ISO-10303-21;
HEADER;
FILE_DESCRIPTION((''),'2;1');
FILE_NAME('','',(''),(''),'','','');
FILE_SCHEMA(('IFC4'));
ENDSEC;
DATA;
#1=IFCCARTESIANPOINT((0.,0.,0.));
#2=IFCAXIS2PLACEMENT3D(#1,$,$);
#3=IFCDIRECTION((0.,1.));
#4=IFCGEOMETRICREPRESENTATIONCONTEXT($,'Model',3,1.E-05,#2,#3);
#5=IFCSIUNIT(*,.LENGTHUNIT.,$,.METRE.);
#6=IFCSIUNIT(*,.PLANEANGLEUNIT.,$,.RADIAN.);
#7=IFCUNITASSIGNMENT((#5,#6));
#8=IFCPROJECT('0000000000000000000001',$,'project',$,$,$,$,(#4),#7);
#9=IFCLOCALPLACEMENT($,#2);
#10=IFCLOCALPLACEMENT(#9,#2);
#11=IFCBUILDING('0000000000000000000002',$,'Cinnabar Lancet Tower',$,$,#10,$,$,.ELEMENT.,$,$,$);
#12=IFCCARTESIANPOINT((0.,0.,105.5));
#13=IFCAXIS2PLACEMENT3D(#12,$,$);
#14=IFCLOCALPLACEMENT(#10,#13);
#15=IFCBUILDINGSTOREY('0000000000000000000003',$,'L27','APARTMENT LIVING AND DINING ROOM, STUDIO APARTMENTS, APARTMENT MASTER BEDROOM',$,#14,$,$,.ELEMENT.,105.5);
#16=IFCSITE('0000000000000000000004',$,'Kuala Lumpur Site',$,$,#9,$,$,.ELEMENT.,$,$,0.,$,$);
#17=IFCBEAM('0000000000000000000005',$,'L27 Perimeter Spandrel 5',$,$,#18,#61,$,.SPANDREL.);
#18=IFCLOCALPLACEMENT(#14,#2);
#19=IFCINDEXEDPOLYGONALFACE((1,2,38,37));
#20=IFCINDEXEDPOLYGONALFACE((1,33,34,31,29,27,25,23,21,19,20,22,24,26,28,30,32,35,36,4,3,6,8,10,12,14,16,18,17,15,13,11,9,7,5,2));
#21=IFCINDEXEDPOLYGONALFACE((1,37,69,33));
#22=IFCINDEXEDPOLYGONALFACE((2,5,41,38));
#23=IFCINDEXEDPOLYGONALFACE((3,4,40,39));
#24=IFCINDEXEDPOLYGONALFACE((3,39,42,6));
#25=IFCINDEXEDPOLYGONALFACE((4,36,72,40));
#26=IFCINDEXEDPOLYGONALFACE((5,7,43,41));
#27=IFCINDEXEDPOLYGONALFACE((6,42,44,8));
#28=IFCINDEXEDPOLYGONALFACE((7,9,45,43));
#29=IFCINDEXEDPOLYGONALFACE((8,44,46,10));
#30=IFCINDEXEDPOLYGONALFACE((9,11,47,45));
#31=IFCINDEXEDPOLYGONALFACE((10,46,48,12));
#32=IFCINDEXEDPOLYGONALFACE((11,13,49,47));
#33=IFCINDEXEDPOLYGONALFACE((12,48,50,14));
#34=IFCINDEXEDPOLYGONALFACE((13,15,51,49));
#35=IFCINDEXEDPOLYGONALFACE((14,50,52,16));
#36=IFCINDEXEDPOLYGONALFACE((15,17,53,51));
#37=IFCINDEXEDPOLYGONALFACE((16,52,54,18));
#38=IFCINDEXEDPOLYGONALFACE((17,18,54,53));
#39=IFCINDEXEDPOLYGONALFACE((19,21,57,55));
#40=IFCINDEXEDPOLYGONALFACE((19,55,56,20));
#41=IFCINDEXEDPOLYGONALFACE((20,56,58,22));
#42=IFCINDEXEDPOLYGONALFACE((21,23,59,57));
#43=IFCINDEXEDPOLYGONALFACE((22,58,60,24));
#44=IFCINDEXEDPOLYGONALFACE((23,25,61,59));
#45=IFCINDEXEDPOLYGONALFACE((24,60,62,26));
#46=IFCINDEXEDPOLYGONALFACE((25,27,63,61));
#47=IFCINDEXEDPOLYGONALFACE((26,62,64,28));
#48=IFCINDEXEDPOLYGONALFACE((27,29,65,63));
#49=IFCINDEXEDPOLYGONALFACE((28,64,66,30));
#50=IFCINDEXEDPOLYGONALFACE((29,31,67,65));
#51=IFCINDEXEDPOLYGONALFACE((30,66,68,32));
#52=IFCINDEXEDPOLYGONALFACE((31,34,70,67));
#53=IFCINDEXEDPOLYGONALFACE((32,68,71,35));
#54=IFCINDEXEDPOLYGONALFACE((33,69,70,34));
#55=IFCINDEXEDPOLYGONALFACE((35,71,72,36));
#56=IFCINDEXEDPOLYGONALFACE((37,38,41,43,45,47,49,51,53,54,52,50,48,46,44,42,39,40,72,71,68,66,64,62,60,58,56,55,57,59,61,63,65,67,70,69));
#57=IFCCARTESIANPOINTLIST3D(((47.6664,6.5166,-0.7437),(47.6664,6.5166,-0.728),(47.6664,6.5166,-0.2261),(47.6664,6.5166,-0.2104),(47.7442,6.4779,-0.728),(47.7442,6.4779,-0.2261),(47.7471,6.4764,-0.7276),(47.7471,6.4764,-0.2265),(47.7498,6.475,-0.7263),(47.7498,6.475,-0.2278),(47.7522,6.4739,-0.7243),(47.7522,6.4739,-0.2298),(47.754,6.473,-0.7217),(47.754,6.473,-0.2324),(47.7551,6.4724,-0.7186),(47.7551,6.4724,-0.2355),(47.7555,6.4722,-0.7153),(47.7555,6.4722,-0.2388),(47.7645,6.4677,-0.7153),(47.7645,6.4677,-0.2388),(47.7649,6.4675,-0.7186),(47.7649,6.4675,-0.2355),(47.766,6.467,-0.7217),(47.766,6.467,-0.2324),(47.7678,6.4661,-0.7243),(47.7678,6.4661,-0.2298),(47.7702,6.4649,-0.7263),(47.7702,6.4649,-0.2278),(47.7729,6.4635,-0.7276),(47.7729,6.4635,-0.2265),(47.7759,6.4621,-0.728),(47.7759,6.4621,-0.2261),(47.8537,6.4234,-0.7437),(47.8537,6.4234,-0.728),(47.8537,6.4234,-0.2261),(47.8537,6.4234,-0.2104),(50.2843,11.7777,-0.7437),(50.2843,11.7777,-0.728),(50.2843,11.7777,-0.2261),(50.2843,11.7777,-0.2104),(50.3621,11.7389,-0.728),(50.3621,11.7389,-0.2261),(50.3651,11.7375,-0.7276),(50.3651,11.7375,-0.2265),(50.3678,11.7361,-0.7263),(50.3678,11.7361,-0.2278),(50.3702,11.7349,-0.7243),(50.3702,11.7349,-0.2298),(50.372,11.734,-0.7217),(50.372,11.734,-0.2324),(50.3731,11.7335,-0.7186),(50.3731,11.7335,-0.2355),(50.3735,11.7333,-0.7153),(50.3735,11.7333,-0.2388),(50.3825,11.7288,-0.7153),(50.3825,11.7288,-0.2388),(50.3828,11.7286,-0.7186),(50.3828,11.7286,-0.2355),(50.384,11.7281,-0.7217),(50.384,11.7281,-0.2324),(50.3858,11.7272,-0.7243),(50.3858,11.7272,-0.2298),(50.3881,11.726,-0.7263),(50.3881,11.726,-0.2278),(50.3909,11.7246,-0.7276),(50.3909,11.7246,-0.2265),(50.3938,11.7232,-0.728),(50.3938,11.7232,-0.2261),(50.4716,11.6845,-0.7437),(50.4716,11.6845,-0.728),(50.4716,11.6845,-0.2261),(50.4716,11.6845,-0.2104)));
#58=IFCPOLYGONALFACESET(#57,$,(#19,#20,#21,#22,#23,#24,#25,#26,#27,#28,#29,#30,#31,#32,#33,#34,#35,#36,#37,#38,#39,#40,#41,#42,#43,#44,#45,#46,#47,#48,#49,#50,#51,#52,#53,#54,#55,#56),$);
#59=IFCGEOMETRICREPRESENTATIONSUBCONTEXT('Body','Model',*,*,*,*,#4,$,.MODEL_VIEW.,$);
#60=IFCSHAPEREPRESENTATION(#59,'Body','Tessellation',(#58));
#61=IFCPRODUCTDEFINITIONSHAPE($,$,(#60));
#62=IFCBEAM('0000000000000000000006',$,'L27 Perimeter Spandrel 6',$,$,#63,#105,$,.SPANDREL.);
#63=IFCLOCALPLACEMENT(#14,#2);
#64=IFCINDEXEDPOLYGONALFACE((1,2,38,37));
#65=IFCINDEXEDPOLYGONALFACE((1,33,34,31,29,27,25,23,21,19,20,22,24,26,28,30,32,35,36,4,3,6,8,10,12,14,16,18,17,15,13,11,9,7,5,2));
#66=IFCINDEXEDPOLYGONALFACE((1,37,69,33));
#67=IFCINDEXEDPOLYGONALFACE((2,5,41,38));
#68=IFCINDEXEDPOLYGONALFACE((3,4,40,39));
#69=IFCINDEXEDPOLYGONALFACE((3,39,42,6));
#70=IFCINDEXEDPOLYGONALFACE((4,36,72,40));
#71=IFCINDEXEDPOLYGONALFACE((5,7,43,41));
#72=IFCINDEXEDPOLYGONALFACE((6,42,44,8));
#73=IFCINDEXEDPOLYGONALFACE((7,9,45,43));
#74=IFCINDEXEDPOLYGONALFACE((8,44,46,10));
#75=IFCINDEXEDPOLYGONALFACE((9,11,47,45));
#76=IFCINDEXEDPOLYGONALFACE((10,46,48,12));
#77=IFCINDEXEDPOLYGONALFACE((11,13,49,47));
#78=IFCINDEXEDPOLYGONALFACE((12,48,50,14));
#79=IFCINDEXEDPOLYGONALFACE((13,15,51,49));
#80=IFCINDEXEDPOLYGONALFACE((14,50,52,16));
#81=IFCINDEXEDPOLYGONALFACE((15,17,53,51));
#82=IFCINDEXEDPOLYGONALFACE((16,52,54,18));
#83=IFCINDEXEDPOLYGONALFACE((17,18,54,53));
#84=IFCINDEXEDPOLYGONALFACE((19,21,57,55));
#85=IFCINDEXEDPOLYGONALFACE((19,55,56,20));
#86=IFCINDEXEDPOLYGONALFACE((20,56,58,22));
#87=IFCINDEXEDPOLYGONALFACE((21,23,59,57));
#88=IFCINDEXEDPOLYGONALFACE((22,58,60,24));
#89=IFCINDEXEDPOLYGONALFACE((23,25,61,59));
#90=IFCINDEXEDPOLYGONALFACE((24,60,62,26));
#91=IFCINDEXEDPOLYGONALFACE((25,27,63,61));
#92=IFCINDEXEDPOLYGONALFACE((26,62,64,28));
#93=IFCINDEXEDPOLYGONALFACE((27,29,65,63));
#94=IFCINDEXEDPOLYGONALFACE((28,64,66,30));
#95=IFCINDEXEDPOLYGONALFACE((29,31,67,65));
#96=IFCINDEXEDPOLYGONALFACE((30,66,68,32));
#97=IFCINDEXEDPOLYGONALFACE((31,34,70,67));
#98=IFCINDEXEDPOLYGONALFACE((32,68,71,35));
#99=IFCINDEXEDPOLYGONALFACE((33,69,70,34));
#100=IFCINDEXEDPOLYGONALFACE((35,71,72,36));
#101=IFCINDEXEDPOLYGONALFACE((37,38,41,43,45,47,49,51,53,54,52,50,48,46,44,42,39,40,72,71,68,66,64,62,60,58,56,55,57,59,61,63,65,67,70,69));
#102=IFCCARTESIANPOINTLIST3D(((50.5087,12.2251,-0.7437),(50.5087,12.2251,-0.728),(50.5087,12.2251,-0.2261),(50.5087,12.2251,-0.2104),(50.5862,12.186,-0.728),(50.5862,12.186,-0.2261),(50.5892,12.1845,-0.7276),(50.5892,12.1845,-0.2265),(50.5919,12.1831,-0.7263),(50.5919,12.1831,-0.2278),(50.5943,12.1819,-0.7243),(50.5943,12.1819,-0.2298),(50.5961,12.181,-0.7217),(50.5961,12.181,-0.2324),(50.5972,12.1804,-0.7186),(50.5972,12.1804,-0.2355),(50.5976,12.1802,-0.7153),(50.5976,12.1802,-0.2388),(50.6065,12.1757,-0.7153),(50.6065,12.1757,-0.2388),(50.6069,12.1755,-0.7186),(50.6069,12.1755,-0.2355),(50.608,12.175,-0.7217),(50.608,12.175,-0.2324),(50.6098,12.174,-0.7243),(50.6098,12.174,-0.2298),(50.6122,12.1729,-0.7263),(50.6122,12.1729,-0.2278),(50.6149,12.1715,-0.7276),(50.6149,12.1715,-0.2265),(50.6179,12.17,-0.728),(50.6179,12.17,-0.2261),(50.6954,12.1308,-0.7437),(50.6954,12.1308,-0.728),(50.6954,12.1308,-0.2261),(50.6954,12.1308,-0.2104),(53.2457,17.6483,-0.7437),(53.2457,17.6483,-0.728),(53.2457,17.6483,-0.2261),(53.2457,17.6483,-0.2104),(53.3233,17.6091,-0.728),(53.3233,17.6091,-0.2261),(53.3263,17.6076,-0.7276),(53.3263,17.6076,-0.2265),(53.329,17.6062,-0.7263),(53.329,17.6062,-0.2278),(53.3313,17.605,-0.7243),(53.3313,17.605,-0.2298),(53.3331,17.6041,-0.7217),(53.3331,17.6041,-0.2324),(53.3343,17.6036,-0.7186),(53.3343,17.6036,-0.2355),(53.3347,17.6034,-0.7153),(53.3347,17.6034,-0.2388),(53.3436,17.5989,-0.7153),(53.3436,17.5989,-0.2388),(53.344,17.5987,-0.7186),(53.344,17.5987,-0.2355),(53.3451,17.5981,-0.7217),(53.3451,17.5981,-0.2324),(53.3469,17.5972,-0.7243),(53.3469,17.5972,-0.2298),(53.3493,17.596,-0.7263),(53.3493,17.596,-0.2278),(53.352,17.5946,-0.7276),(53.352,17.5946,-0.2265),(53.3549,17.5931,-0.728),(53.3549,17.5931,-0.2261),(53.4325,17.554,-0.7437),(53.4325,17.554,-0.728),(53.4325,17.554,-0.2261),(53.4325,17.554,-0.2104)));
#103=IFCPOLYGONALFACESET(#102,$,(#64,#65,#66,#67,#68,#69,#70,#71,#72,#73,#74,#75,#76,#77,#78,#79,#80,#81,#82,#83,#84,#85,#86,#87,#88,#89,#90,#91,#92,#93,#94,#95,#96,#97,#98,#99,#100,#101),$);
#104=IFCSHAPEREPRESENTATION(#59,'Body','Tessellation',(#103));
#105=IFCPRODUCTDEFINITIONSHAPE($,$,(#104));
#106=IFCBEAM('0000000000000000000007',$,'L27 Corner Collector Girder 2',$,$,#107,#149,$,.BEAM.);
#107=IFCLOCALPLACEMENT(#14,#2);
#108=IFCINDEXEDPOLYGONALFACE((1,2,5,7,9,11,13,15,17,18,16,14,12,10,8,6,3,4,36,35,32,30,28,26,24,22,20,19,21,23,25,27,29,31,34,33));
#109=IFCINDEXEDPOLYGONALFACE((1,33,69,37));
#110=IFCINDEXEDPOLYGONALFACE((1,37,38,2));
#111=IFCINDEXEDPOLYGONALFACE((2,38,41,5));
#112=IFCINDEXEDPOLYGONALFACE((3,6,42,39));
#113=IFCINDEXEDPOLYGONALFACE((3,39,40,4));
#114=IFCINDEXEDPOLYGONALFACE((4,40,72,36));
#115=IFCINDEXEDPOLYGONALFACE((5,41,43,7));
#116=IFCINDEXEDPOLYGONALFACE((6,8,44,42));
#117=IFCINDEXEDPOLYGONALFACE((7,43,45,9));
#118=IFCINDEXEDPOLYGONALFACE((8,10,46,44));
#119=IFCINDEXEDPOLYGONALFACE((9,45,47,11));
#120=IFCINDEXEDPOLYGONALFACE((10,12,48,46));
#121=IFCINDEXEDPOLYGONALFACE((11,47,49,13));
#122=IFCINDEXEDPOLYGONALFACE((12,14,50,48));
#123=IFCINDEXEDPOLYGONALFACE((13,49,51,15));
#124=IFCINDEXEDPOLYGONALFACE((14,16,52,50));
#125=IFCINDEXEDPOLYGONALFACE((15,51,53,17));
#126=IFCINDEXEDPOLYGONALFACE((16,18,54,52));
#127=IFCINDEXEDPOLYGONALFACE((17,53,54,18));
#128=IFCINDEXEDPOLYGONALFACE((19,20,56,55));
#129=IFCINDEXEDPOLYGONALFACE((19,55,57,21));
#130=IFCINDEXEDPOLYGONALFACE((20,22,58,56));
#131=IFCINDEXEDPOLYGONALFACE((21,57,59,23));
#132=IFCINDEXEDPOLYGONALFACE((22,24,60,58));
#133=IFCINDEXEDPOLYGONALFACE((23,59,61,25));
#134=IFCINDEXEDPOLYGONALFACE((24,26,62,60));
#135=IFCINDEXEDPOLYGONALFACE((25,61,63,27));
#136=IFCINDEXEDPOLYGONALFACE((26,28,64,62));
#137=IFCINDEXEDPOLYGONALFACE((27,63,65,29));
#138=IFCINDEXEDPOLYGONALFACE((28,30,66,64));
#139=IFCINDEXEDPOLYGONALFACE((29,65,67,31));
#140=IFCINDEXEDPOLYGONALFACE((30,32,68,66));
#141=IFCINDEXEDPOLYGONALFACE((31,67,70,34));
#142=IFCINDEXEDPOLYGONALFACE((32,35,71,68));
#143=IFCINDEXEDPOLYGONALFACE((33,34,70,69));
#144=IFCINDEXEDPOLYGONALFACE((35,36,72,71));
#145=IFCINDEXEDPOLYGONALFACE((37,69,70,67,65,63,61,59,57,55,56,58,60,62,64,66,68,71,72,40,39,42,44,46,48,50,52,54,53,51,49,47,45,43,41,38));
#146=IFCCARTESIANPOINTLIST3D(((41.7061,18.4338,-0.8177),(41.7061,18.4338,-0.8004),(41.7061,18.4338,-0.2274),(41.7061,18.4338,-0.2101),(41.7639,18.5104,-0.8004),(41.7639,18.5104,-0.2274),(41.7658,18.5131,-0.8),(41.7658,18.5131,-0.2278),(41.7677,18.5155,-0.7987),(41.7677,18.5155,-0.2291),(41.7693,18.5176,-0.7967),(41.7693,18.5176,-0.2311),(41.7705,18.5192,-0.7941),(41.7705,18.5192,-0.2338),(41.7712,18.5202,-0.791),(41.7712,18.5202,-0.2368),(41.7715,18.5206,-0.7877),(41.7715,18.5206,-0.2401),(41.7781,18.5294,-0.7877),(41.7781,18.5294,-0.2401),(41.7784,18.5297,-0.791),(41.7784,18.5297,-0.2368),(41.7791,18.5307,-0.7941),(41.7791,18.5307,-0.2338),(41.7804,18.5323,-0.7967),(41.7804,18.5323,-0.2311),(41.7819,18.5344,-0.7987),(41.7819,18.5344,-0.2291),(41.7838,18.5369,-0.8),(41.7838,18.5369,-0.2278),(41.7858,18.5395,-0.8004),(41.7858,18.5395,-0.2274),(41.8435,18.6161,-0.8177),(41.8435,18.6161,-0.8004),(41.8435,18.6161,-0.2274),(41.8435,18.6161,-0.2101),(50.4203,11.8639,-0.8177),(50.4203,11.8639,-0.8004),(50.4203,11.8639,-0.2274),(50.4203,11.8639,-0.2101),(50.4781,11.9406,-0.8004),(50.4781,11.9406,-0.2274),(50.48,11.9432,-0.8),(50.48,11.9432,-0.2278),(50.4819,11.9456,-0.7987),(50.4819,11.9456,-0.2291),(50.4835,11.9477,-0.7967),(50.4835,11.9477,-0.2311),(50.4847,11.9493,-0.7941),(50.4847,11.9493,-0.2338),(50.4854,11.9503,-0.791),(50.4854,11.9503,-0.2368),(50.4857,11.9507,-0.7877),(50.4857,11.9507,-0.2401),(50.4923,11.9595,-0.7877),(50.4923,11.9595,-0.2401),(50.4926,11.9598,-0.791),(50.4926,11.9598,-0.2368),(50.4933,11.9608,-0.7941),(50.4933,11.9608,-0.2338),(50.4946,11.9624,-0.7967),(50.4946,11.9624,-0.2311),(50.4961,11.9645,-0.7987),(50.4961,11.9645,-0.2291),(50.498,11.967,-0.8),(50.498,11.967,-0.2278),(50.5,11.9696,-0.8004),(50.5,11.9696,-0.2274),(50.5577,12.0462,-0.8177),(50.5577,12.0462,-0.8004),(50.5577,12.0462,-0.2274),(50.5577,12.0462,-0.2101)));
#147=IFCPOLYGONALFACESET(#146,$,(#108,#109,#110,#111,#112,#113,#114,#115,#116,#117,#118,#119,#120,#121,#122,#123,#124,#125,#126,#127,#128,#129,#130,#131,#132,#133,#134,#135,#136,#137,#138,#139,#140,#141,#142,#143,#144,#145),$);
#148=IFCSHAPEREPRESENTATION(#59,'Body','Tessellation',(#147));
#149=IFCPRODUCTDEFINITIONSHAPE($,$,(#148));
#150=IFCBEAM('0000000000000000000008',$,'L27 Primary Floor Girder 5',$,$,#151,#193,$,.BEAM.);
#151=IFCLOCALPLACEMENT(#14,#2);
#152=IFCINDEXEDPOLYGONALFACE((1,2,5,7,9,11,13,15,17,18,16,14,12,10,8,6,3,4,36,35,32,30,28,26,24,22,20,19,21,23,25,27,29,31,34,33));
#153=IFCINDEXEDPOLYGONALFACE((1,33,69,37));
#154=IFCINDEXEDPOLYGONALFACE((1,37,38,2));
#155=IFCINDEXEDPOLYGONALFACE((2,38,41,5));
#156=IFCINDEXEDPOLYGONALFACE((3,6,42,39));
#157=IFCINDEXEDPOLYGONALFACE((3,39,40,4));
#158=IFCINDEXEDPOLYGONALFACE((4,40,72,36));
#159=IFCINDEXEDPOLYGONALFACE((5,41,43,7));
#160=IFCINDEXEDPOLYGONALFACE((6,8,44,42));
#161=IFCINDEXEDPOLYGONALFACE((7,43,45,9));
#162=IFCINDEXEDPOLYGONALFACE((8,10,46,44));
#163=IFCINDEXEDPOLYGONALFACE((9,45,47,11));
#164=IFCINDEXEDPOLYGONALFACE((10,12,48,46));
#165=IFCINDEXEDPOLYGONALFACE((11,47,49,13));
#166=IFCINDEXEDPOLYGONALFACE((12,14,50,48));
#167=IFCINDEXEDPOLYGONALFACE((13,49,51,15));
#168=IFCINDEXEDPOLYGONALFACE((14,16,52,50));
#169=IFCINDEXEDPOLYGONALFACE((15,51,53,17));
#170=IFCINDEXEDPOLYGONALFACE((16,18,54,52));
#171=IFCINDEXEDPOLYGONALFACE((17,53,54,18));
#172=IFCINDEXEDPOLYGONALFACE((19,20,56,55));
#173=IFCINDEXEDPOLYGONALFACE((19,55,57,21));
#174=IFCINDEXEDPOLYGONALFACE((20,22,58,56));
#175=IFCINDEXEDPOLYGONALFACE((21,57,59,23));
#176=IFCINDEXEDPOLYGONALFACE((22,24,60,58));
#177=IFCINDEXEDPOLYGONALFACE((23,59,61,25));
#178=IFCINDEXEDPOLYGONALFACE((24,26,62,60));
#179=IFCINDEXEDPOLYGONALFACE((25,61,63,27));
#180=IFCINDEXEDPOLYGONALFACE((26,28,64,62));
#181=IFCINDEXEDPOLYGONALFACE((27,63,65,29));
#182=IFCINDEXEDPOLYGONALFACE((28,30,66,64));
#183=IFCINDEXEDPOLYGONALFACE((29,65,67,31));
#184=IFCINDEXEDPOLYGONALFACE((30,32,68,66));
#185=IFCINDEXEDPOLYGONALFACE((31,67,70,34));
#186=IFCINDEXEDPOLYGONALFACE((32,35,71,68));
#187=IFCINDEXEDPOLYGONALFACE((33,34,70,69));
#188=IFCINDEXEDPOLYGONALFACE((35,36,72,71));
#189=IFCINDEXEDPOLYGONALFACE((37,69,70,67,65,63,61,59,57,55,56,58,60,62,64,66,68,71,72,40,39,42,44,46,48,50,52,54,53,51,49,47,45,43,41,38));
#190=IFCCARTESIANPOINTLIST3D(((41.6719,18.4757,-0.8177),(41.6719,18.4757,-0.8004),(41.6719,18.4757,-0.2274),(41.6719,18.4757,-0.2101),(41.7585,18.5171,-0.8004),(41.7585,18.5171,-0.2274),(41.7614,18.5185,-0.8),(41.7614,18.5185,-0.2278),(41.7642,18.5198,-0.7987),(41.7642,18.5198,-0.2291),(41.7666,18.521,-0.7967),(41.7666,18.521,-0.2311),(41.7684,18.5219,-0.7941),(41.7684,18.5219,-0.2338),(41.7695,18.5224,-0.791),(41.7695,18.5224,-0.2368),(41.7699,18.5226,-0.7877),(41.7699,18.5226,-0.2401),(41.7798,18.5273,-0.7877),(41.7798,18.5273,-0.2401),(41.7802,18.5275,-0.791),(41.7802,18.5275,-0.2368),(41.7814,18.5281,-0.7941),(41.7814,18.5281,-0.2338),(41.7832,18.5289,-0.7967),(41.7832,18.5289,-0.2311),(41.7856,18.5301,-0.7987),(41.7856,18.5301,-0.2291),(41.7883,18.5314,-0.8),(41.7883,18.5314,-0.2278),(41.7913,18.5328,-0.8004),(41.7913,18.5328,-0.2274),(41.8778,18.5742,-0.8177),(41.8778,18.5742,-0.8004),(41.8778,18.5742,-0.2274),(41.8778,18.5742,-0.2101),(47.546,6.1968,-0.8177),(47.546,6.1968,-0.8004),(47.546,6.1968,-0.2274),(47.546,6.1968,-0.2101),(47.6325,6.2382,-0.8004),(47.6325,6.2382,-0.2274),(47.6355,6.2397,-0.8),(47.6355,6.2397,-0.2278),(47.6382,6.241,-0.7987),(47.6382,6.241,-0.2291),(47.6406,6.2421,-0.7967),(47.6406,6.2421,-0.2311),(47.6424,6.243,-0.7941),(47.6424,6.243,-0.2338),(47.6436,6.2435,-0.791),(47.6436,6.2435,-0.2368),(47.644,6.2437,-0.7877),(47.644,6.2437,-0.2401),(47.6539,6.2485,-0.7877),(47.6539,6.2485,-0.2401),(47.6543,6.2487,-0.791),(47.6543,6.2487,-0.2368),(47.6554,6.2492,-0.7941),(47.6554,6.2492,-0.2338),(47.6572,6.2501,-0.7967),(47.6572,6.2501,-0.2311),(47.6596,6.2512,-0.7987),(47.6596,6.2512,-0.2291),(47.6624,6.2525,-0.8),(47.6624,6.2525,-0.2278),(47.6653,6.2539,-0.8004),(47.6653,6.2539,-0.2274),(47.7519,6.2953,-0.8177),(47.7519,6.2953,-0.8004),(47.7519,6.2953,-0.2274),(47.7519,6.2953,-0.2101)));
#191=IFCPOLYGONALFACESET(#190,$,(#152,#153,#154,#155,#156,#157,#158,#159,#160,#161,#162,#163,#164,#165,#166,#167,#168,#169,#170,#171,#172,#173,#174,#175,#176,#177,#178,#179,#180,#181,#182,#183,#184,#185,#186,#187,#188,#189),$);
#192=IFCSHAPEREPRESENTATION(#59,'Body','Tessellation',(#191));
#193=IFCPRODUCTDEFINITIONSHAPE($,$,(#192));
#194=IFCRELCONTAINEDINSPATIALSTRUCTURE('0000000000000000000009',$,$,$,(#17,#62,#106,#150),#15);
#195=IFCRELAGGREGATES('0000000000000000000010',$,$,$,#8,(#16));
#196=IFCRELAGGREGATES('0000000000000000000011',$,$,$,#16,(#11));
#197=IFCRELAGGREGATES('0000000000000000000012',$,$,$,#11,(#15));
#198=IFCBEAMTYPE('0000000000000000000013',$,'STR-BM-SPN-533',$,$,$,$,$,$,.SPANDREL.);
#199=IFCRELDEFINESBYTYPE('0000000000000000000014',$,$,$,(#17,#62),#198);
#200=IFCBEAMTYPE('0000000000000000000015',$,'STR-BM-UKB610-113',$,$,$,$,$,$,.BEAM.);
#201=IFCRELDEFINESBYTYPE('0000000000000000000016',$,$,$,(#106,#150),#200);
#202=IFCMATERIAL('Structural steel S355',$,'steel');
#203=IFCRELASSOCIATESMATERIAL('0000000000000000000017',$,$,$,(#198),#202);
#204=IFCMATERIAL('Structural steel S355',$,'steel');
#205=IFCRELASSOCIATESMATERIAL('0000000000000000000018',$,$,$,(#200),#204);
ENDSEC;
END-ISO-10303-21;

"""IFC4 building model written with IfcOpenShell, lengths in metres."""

from ifc_helpers import new_model, si_unit, direction, frame, origin, origin_2d, place, context, subcontext, project, spatial, i_section, extrude, material, material_profile, profile_set, type_object, element, save


model = new_model("IFC4")

# Units and contexts
model_context = context("Model", 3, precision=1e-05, world=origin(), true_north=direction((0.0, 1.0)))
body_context = subcontext(model_context, "Body", "Model", "MODEL_VIEW")
ifc_project = project(units=[si_unit("LENGTHUNIT", "METRE"), si_unit("PLANEANGLEUNIT", "RADIAN")], contexts=[model_context])

# Site, building, storey
site_placement = place(None, origin())
site = spatial("IfcSite", under=ifc_project, at=site_placement, Name="Kuala Lumpur Site", CompositionType="ELEMENT", RefElevation=0.0)
building_placement = place(site_placement, origin())
building = spatial("IfcBuilding", under=site, at=building_placement, Name="Cinnabar Lancet Tower", CompositionType="ELEMENT")
storey_placement = place(building_placement, frame((0.0, 0.0, 105.5)))
storey = spatial("IfcBuildingStorey", under=building, at=storey_placement, Name="L27", Description="APARTMENT LIVING AND DINING ROOM, STUDIO APARTMENTS, APARTMENT MASTER BEDROOM", CompositionType="ELEMENT", Elevation=105.5)

# Beams
ifc_material_1 = material(Name="Structural steel S355", Category="steel")
ifc_material_profile_1 = material_profile(ifc_material_1, i_section(OverallWidth=0.2092, OverallDepth=0.5332, WebThickness=0.01, FlangeThickness=0.0156, FilletRadius=0.0127, at=origin_2d()), Name="UKB 533x210x92")
ifc_profile_set_1 = profile_set([ifc_material_profile_1], Name="Structural steel S355")
beam_type_1 = type_object("IfcBeamType", Name="STR-BM-SPN-533", PredefinedType="SPANDREL", material=ifc_profile_set_1)
beam_1_placement = place(storey_placement, frame((47.76, 6.47, -0.4771), z_axis=(0.445501, 0.895281, 0.0), x_axis=(-0.895281, 0.445501, 0.0)))
element("IfcBeam", 1, at=beam_1_placement, inside=storey, type_object=beam_type_1, Name="L27 Perimeter Spandrel 5", PredefinedType="SPANDREL", context=body_context, shape_type="SweptSolid", body=[
    extrude(i_section(OverallWidth=0.2092, OverallDepth=0.5332, WebThickness=0.01, FlangeThickness=0.0156, FilletRadius=0.0127, at=origin_2d()), origin(), (0.0, 0.0, 1.0), 5.8765),
])
beam_2_placement = place(storey_placement, frame((50.6021, 12.178, -0.4771), z_axis=(0.45057, 0.892741, 0.0), x_axis=(-0.892741, 0.45057, 0.0)))
element("IfcBeam", 2, at=beam_2_placement, inside=storey, type_object=beam_type_1, Name="L27 Perimeter Spandrel 6", PredefinedType="SPANDREL", context=body_context, shape_type="SweptSolid", body=[
    extrude(i_section(OverallWidth=0.2092, OverallDepth=0.5332, WebThickness=0.01, FlangeThickness=0.0156, FilletRadius=0.0127, at=origin_2d()), origin(), (0.0, 0.0, 1.0), 6.0747),
])
ifc_material_2 = material(Name="Structural steel S355", Category="steel")
ifc_material_profile_2 = material_profile(ifc_material_2, i_section(OverallWidth=0.2283, OverallDepth=0.6077, WebThickness=0.011, FlangeThickness=0.0173, FilletRadius=0.0127, at=origin_2d()), Name="UKB 610x229x113")
ifc_profile_set_2 = profile_set([ifc_material_profile_2], Name="Structural steel S355")
beam_type_2 = type_object("IfcBeamType", Name="STR-BM-UKB610-113", PredefinedType="BEAM", material=ifc_profile_set_2)
beam_3_placement = place(storey_placement, frame((50.489, 11.9551, -0.5139), z_axis=(-0.798491, 0.602006, 0.0), x_axis=(-0.602006, -0.798491, 0.0)))
element("IfcBeam", 3, at=beam_3_placement, inside=storey, type_object=beam_type_2, Name="L27 Corner Collector Girder 2", PredefinedType="BEAM", context=body_context, shape_type="SweptSolid", body=[
    extrude(i_section(OverallWidth=0.2283, OverallDepth=0.6077, WebThickness=0.011, FlangeThickness=0.0173, FilletRadius=0.0127, at=origin_2d()), origin(), (0.0, 0.0, 1.0), 10.9133),
])
beam_4_placement = place(storey_placement, frame((47.6489, 6.2461, -0.5139), z_axis=(-0.431548, 0.90209, 0.0), x_axis=(-0.90209, -0.431548, 0.0)))
element("IfcBeam", 4, at=beam_4_placement, inside=storey, type_object=beam_type_2, Name="L27 Primary Floor Girder 5", PredefinedType="BEAM", context=body_context, shape_type="SweptSolid", body=[
    extrude(i_section(OverallWidth=0.2283, OverallDepth=0.6077, WebThickness=0.011, FlangeThickness=0.0173, FilletRadius=0.0127, at=origin_2d()), origin(), (0.0, 0.0, 1.0), 13.6116),
])

save(model, "model.ifc")
